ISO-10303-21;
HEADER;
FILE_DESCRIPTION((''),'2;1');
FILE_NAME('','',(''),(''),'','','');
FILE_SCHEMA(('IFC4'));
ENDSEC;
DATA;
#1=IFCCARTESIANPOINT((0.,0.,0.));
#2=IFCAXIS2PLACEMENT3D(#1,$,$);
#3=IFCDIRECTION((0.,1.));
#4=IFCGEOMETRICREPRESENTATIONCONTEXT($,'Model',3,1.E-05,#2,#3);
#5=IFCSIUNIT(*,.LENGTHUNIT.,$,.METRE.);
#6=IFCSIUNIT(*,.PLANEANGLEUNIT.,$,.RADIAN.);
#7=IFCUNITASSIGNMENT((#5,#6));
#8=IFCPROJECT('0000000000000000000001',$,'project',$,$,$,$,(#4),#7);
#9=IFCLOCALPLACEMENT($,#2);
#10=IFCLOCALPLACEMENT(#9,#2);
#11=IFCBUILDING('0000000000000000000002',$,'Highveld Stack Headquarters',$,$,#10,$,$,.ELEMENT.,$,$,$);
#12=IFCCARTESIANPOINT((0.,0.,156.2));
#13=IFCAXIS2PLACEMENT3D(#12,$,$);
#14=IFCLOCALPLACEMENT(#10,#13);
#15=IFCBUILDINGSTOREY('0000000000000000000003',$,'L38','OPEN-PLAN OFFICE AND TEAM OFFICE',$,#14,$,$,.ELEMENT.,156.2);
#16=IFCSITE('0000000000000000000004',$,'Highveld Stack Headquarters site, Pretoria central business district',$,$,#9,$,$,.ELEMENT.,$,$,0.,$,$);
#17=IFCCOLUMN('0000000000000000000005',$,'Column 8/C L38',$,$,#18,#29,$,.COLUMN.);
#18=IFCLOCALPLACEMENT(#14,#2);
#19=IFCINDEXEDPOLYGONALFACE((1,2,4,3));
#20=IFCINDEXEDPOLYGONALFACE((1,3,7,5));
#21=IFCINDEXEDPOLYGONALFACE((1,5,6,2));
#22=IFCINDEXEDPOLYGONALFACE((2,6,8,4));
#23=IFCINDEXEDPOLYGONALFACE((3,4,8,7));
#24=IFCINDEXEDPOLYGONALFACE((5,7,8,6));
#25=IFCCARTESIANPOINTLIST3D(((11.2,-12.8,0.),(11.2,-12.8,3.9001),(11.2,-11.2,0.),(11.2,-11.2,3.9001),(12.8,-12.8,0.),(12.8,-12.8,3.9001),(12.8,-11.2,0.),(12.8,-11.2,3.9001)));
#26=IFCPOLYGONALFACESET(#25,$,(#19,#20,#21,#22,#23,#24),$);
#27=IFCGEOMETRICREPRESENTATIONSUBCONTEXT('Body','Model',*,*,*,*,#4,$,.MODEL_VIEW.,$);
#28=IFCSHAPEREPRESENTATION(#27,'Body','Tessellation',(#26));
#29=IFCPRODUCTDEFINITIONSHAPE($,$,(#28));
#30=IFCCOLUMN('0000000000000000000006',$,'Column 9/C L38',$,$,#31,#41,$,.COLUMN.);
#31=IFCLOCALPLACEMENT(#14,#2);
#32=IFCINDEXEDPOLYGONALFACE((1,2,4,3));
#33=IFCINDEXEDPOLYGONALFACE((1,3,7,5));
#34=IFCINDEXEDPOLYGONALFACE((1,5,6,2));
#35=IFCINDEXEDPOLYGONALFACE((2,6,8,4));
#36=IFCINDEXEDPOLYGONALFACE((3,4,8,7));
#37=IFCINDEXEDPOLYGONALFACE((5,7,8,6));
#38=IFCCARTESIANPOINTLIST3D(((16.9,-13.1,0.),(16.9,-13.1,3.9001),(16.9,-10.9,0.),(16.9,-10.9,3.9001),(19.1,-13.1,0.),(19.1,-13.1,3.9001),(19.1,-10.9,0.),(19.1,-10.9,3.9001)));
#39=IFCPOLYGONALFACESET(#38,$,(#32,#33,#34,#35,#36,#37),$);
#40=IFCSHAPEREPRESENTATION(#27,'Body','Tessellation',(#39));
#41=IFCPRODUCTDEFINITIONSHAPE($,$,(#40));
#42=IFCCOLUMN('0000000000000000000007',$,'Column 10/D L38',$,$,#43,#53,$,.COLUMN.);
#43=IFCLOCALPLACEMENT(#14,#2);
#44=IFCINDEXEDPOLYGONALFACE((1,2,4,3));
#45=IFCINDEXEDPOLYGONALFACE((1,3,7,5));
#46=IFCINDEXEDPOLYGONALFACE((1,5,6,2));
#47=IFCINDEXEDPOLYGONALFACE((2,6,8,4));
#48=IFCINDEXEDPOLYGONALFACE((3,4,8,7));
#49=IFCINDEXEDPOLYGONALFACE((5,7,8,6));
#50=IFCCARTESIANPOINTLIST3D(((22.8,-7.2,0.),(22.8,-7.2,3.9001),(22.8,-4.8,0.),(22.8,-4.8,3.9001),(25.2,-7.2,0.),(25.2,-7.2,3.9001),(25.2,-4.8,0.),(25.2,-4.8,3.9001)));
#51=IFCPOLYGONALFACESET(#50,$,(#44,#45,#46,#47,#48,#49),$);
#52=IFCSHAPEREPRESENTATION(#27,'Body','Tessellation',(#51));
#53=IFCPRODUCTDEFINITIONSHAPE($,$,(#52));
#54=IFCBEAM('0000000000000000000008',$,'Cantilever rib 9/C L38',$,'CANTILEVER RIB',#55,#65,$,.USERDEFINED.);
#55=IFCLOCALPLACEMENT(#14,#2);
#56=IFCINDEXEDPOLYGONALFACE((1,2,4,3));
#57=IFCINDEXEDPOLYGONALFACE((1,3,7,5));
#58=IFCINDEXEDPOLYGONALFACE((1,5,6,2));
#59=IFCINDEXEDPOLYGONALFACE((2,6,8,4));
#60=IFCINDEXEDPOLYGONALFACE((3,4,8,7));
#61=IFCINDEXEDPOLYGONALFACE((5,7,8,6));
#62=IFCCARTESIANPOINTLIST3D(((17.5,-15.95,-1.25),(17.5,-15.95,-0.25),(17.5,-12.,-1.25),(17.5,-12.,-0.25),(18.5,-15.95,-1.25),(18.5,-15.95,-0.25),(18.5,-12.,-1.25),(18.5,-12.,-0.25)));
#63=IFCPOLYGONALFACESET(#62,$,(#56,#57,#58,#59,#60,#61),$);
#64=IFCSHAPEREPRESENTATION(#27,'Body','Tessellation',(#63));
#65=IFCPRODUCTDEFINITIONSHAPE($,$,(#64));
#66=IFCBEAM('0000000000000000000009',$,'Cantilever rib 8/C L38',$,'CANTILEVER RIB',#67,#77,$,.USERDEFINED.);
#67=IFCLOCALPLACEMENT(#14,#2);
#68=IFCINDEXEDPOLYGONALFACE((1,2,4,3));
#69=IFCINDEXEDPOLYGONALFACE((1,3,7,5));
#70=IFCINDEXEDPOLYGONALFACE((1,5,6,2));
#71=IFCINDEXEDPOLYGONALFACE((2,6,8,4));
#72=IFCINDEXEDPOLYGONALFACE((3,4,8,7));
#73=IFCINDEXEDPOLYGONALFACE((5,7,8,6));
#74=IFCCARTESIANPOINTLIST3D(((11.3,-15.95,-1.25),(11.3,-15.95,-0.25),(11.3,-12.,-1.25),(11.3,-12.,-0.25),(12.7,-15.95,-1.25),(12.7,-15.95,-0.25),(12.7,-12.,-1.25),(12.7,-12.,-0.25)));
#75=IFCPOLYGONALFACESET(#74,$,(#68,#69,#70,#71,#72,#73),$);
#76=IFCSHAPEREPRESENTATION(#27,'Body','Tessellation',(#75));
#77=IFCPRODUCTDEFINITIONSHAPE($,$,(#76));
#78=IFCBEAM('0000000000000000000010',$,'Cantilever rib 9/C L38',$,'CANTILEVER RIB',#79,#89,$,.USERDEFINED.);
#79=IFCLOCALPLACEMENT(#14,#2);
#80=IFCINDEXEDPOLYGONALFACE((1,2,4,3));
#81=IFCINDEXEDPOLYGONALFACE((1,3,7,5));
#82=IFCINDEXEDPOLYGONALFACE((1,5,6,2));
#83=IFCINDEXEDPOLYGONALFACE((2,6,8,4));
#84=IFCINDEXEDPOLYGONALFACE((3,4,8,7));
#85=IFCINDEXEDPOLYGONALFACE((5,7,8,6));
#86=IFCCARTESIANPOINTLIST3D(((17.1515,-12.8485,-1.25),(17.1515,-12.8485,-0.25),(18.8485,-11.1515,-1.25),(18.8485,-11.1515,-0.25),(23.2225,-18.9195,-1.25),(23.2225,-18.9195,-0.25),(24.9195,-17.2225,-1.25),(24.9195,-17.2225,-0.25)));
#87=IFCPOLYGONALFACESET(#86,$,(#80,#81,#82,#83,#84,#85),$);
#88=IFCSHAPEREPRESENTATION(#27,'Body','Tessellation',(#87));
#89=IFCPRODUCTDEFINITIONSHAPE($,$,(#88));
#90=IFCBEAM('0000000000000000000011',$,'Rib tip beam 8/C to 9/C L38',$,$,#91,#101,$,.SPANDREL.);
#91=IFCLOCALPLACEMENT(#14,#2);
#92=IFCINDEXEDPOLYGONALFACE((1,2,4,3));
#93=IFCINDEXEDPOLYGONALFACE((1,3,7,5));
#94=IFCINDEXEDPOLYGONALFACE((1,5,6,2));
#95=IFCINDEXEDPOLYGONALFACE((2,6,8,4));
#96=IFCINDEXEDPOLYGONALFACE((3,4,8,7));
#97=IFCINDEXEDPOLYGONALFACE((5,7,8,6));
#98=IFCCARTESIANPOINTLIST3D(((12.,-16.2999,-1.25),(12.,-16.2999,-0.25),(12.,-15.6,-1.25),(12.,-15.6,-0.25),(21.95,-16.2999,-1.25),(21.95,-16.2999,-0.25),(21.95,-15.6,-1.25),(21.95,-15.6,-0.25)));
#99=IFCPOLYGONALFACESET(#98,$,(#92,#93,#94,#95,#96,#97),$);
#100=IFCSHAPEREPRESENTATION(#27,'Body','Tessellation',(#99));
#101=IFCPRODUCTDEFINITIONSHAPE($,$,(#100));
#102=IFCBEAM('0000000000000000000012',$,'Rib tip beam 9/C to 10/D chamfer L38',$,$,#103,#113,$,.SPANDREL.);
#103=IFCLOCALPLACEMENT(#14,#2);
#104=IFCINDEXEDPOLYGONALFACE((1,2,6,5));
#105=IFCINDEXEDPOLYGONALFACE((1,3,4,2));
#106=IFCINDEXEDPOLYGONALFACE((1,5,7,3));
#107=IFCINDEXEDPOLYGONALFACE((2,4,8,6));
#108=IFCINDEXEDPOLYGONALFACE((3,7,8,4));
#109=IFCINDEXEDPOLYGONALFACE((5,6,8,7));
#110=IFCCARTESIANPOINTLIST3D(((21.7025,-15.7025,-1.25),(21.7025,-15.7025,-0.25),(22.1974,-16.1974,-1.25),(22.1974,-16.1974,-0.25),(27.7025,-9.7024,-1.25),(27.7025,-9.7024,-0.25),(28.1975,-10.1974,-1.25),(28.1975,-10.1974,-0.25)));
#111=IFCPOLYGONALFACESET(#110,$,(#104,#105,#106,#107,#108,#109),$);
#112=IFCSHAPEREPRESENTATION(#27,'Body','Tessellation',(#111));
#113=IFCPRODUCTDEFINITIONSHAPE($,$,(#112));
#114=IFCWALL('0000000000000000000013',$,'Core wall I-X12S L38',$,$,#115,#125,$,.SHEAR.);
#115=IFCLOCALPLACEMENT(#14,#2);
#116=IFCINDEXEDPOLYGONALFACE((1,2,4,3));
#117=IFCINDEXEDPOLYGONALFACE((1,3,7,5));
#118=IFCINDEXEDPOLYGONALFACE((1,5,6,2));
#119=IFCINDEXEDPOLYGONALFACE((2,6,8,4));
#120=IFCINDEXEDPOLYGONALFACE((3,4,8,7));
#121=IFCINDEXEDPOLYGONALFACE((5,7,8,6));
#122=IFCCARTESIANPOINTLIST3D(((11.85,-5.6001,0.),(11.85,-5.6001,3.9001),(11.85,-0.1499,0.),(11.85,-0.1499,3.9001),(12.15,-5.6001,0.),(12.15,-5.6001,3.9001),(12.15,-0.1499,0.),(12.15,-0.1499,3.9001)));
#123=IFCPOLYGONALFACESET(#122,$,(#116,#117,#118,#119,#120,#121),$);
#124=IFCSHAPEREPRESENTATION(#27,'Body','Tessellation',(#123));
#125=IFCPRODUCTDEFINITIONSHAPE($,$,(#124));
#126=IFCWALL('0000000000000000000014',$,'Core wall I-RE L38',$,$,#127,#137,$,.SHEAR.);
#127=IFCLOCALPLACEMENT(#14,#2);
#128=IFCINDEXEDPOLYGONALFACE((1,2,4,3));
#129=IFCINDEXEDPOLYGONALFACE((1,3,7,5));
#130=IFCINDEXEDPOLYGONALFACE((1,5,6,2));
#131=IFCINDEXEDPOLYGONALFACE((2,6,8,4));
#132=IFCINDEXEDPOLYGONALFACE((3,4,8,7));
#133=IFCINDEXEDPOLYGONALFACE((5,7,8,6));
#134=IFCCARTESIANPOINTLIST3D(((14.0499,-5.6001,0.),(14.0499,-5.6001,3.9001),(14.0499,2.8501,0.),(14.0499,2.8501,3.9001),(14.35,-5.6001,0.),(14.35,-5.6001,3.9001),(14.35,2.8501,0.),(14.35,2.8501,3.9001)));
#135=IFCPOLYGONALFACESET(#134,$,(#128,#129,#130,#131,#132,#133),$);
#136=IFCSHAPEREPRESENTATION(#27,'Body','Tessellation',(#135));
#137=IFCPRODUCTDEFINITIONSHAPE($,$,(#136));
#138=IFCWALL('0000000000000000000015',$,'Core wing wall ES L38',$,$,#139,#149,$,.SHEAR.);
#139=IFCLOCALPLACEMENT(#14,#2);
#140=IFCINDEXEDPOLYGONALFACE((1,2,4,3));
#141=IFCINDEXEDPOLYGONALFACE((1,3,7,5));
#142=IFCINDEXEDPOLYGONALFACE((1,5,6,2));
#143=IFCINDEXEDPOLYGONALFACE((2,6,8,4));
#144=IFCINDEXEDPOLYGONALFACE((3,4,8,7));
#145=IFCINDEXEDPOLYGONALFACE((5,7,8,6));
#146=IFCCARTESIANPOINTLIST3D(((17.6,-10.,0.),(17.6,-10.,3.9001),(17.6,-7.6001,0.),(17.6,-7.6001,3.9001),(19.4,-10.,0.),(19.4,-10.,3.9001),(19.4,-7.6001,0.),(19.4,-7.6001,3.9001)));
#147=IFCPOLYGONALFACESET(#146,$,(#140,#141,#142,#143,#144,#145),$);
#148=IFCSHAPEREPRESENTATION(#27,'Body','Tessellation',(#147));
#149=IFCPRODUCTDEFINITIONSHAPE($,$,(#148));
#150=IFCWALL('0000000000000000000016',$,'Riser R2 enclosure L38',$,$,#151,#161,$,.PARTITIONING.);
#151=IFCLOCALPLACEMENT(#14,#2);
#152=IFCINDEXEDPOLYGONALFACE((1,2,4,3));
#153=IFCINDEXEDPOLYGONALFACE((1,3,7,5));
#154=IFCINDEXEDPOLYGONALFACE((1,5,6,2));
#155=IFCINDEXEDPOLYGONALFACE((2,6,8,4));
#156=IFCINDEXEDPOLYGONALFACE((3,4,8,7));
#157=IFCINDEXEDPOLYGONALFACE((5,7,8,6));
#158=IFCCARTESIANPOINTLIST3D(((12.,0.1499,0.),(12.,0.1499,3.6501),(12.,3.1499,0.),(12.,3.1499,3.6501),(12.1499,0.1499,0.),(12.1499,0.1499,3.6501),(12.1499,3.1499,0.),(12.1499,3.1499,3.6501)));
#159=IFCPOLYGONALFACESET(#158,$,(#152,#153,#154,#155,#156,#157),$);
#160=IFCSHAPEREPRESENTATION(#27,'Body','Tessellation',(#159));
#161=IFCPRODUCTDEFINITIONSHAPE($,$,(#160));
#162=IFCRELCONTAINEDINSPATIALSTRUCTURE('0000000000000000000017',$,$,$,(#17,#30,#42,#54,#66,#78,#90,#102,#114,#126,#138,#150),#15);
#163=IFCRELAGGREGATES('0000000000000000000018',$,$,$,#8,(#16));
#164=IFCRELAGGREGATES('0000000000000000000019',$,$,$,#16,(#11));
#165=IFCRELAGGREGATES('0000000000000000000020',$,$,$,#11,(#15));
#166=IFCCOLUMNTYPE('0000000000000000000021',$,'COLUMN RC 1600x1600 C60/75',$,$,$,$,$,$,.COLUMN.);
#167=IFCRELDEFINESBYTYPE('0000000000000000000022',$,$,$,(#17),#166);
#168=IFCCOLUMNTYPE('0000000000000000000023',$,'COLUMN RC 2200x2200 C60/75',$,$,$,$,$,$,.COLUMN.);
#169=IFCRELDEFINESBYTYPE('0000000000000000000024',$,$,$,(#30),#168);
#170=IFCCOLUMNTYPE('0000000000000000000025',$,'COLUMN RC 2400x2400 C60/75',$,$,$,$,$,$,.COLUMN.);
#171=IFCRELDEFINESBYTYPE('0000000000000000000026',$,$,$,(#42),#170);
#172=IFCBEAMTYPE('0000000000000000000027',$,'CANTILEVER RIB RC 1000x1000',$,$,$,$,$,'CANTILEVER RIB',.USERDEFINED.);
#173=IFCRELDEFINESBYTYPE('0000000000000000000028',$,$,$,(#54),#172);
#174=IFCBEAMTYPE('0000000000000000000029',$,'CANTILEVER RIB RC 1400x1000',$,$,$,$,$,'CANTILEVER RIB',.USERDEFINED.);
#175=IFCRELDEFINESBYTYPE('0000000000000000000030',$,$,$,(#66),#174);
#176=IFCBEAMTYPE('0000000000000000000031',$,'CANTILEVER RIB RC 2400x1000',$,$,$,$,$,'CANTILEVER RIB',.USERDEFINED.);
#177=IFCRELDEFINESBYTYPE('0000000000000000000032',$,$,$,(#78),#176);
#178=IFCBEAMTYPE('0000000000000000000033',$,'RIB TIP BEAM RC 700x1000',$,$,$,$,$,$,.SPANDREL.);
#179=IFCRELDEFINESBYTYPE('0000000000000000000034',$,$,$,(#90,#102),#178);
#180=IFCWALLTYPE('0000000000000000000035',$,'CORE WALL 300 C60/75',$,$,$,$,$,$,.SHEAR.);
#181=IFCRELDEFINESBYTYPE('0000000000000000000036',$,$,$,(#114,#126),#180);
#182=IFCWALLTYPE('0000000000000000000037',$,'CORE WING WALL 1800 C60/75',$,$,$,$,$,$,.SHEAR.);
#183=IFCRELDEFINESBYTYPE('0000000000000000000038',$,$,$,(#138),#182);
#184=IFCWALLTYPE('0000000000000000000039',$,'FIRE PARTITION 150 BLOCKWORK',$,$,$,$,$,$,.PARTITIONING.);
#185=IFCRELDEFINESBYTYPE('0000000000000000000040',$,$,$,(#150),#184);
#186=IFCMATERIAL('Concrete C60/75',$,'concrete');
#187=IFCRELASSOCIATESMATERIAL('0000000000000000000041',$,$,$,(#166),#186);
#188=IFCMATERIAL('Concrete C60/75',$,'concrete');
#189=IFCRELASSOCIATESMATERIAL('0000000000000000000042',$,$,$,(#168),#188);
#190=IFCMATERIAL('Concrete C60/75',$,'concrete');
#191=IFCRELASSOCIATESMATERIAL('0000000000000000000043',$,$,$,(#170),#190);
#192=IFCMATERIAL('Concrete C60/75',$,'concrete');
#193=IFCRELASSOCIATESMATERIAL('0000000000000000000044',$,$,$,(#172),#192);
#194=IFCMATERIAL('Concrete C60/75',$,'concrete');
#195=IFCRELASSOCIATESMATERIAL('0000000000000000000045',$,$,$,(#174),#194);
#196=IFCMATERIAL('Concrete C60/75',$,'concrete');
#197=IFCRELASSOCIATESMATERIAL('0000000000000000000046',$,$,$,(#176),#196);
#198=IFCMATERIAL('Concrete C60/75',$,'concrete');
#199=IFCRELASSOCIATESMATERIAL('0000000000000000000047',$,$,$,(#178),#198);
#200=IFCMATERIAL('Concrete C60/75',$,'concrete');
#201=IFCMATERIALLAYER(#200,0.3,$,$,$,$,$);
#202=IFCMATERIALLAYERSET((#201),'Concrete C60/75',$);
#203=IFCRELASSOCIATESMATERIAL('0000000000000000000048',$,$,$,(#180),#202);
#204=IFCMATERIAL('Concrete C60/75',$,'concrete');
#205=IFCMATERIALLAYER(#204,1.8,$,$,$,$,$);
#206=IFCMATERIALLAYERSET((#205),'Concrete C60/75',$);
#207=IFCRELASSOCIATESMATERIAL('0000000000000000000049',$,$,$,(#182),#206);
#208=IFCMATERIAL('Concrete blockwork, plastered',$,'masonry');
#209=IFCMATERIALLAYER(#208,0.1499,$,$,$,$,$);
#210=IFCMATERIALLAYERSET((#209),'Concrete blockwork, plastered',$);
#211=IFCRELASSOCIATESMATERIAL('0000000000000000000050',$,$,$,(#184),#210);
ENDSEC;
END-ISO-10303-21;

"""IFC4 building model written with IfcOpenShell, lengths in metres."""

from ifc_helpers import new_model, si_unit, direction, frame, frame_2d, origin, origin_2d, place, context, subcontext, project, spatial, rectangle, extrude, material, layer, layer_set, material_profile, profile_set, type_object, element, save


model = new_model("IFC4")

# Units and contexts
model_context = context("Model", 3, precision=1e-05, world=origin(), true_north=direction((0.0, 1.0)))
body_context = subcontext(model_context, "Body", "Model", "MODEL_VIEW")
ifc_project = project(units=[si_unit("LENGTHUNIT", "METRE"), si_unit("PLANEANGLEUNIT", "RADIAN")], contexts=[model_context])

# Site, building, storey
site_placement = place(None, origin())
site = spatial("IfcSite", under=ifc_project, at=site_placement, Name="Highveld Stack Headquarters site, Pretoria central business district", CompositionType="ELEMENT", RefElevation=0.0)
building_placement = place(site_placement, origin())
building = spatial("IfcBuilding", under=site, at=building_placement, Name="Highveld Stack Headquarters", CompositionType="ELEMENT")
storey_placement = place(building_placement, frame((0.0, 0.0, 156.2)))
storey = spatial("IfcBuildingStorey", under=building, at=storey_placement, Name="L38", Description="OPEN-PLAN OFFICE AND TEAM OFFICE", CompositionType="ELEMENT", Elevation=156.2)

# Columns
ifc_material_1 = material(Name="Concrete C60/75", Category="concrete")
ifc_material_profile_1 = material_profile(ifc_material_1, rectangle(XDim=1.6001, YDim=1.6001, at=origin_2d()), Name="RC 1600x1600")
ifc_profile_set_1 = profile_set([ifc_material_profile_1], Name="Concrete C60/75")
column_type_1 = type_object("IfcColumnType", Name="COLUMN RC 1600x1600 C60/75", PredefinedType="COLUMN", material=ifc_profile_set_1)
column_1_placement = place(storey_placement, frame((12.0, -12.0, 0.0), z_axis=(0.0, 0.0, 1.0), x_axis=(1.0, 0.0, 0.0)))
element("IfcColumn", 1, at=column_1_placement, inside=storey, type_object=column_type_1, Name="Column 8/C L38", PredefinedType="COLUMN", context=body_context, shape_type="SweptSolid", body=[
    extrude(rectangle(XDim=1.6001, YDim=1.6001, at=origin_2d()), origin(), (0.0, 0.0, 1.0), 3.9001),
])
ifc_material_2 = material(Name="Concrete C60/75", Category="concrete")
ifc_material_profile_2 = material_profile(ifc_material_2, rectangle(XDim=2.2, YDim=2.2, at=origin_2d()), Name="RC 2200x2200")
ifc_profile_set_2 = profile_set([ifc_material_profile_2], Name="Concrete C60/75")
column_type_2 = type_object("IfcColumnType", Name="COLUMN RC 2200x2200 C60/75", PredefinedType="COLUMN", material=ifc_profile_set_2)
column_2_placement = place(storey_placement, frame((18.0, -12.0, 0.0), z_axis=(0.0, 0.0, 1.0), x_axis=(1.0, 0.0, 0.0)))
element("IfcColumn", 2, at=column_2_placement, inside=storey, type_object=column_type_2, Name="Column 9/C L38", PredefinedType="COLUMN", context=body_context, shape_type="SweptSolid", body=[
    extrude(rectangle(XDim=2.2, YDim=2.2, at=origin_2d()), origin(), (0.0, 0.0, 1.0), 3.9001),
])
ifc_material_3 = material(Name="Concrete C60/75", Category="concrete")
ifc_material_profile_3 = material_profile(ifc_material_3, rectangle(XDim=2.3999, YDim=2.3999, at=origin_2d()), Name="RC 2400x2400")
ifc_profile_set_3 = profile_set([ifc_material_profile_3], Name="Concrete C60/75")
column_type_3 = type_object("IfcColumnType", Name="COLUMN RC 2400x2400 C60/75", PredefinedType="COLUMN", material=ifc_profile_set_3)
column_3_placement = place(storey_placement, frame((24.0, -6.0, 0.0), z_axis=(0.0, 0.0, 1.0), x_axis=(1.0, 0.0, 0.0)))
element("IfcColumn", 3, at=column_3_placement, inside=storey, type_object=column_type_3, Name="Column 10/D L38", PredefinedType="COLUMN", context=body_context, shape_type="SweptSolid", body=[
    extrude(rectangle(XDim=2.3999, YDim=2.3999, at=origin_2d()), origin(), (0.0, 0.0, 1.0), 3.9001),
])

# Beams
ifc_material_4 = material(Name="Concrete C60/75", Category="concrete")
ifc_material_profile_4 = material_profile(ifc_material_4, rectangle(XDim=1.0, YDim=1.0, at=origin_2d()), Name="RC 1000x1000")
ifc_profile_set_4 = profile_set([ifc_material_profile_4], Name="Concrete C60/75")
beam_type_1 = type_object("IfcBeamType", Name="CANTILEVER RIB RC 1000x1000", ElementType="CANTILEVER RIB", PredefinedType="USERDEFINED", material=ifc_profile_set_4)
beam_1_placement = place(storey_placement, frame((18.0, -12.0, -0.75), z_axis=(0.0, -1.0, 0.0), x_axis=(1.0, 0.0, 0.0)))
element("IfcBeam", 4, at=beam_1_placement, inside=storey, type_object=beam_type_1, Name="Cantilever rib 9/C L38", ObjectType="CANTILEVER RIB", PredefinedType="USERDEFINED", context=body_context, shape_type="SweptSolid", body=[
    extrude(rectangle(XDim=1.0, YDim=1.0, at=origin_2d()), origin(), (0.0, 0.0, 1.0), 3.95),
])
ifc_material_5 = material(Name="Concrete C60/75", Category="concrete")
ifc_material_profile_5 = material_profile(ifc_material_5, rectangle(XDim=1.3999, YDim=1.0, at=origin_2d()), Name="RC 1400x1000")
ifc_profile_set_5 = profile_set([ifc_material_profile_5], Name="Concrete C60/75")
beam_type_2 = type_object("IfcBeamType", Name="CANTILEVER RIB RC 1400x1000", ElementType="CANTILEVER RIB", PredefinedType="USERDEFINED", material=ifc_profile_set_5)
beam_2_placement = place(storey_placement, frame((12.0, -12.0, -0.75), z_axis=(0.0, -1.0, 0.0), x_axis=(1.0, 0.0, 0.0)))
element("IfcBeam", 5, at=beam_2_placement, inside=storey, type_object=beam_type_2, Name="Cantilever rib 8/C L38", ObjectType="CANTILEVER RIB", PredefinedType="USERDEFINED", context=body_context, shape_type="SweptSolid", body=[
    extrude(rectangle(XDim=1.3999, YDim=1.0, at=origin_2d()), origin(), (0.0, 0.0, 1.0), 3.95),
])
ifc_material_6 = material(Name="Concrete C60/75", Category="concrete")
ifc_material_profile_6 = material_profile(ifc_material_6, rectangle(XDim=2.3999, YDim=1.0, at=origin_2d()), Name="RC 2400x1000")
ifc_profile_set_6 = profile_set([ifc_material_profile_6], Name="Concrete C60/75")
beam_type_3 = type_object("IfcBeamType", Name="CANTILEVER RIB RC 2400x1000", ElementType="CANTILEVER RIB", PredefinedType="USERDEFINED", material=ifc_profile_set_6)
beam_3_placement = place(storey_placement, frame((18.0, -12.0, -0.75), z_axis=(0.707107, -0.707107, 0.0), x_axis=(0.707107, 0.707107, 0.0)))
element("IfcBeam", 6, at=beam_3_placement, inside=storey, type_object=beam_type_3, Name="Cantilever rib 9/C L38", ObjectType="CANTILEVER RIB", PredefinedType="USERDEFINED", context=body_context, shape_type="SweptSolid", body=[
    extrude(rectangle(XDim=2.3999, YDim=1.0, at=origin_2d()), origin(), (0.0, 0.0, 1.0), 8.5857),
])
ifc_material_7 = material(Name="Concrete C60/75", Category="concrete")
ifc_material_profile_7 = material_profile(ifc_material_7, rectangle(XDim=0.7, YDim=1.0, at=origin_2d()), Name="RC 700x1000")
ifc_profile_set_7 = profile_set([ifc_material_profile_7], Name="Concrete C60/75")
beam_type_4 = type_object("IfcBeamType", Name="RIB TIP BEAM RC 700x1000", PredefinedType="SPANDREL", material=ifc_profile_set_7)
beam_4_placement = place(storey_placement, frame((12.0, -15.95, -0.75), z_axis=(1.0, 0.0, 0.0), x_axis=(0.0, 1.0, 0.0)))
element("IfcBeam", 7, at=beam_4_placement, inside=storey, type_object=beam_type_4, Name="Rib tip beam 8/C to 9/C L38", PredefinedType="SPANDREL", context=body_context, shape_type="SweptSolid", body=[
    extrude(rectangle(XDim=0.7, YDim=1.0, at=origin_2d()), origin(), (0.0, 0.0, 1.0), 9.95),
])
beam_5_placement = place(storey_placement, frame((21.95, -15.95, -0.75), z_axis=(0.707107, 0.707107, 0.0), x_axis=(-0.707107, 0.707107, 0.0)))
element("IfcBeam", 8, at=beam_5_placement, inside=storey, type_object=beam_type_4, Name="Rib tip beam 9/C to 10/D chamfer L38", PredefinedType="SPANDREL", context=body_context, shape_type="SweptSolid", body=[
    extrude(rectangle(XDim=0.7, YDim=1.0, at=origin_2d()), origin(), (0.0, 0.0, 1.0), 8.4854),
])

# Walls
ifc_material_8 = material(Name="Concrete C60/75", Category="concrete")
ifc_layer_1 = layer(ifc_material_8, 0.3)
ifc_layer_set_1 = layer_set([ifc_layer_1], Name="Concrete C60/75")
wall_type_1 = type_object("IfcWallType", Name="CORE WALL 300 C60/75", PredefinedType="SHEAR", material=ifc_layer_set_1)
wall_1_placement = place(storey_placement, frame((12.0, -5.6001, 0.0), z_axis=(0.0, 0.0, 1.0), x_axis=(0.0, 1.0, 0.0)))
element("IfcWall", 9, at=wall_1_placement, inside=storey, type_object=wall_type_1, Name="Core wall I-X12S L38", PredefinedType="SHEAR", context=body_context, shape_type="SweptSolid", body=[
    extrude(rectangle(XDim=5.4502, YDim=0.3, at=frame_2d((2.7251, 0.0))), origin(), (0.0, 0.0, 1.0), 3.9001),
])
wall_2_placement = place(storey_placement, frame((14.2, -5.6001, 0.0), z_axis=(0.0, 0.0, 1.0), x_axis=(0.0, 1.0, 0.0)))
element("IfcWall", 10, at=wall_2_placement, inside=storey, type_object=wall_type_1, Name="Core wall I-RE L38", PredefinedType="SHEAR", context=body_context, shape_type="SweptSolid", body=[
    extrude(rectangle(XDim=8.4502, YDim=0.3, at=frame_2d((4.2251, 0.0))), origin(), (0.0, 0.0, 1.0), 3.9001),
])
ifc_material_9 = material(Name="Concrete C60/75", Category="concrete")
ifc_layer_2 = layer(ifc_material_9, 1.8)
ifc_layer_set_2 = layer_set([ifc_layer_2], Name="Concrete C60/75")
wall_type_2 = type_object("IfcWallType", Name="CORE WING WALL 1800 C60/75", PredefinedType="SHEAR", material=ifc_layer_set_2)
wall_3_placement = place(storey_placement, frame((18.5, -10.0, 0.0), z_axis=(0.0, 0.0, 1.0), x_axis=(0.0, 1.0, 0.0)))
element("IfcWall", 11, at=wall_3_placement, inside=storey, type_object=wall_type_2, Name="Core wing wall ES L38", PredefinedType="SHEAR", context=body_context, shape_type="SweptSolid", body=[
    extrude(rectangle(XDim=2.3999, YDim=1.8, at=frame_2d((1.2, 0.0))), origin(), (0.0, 0.0, 1.0), 3.9001),
])
ifc_material_10 = material(Name="Concrete blockwork, plastered", Category="masonry")
ifc_layer_3 = layer(ifc_material_10, 0.1499)
ifc_layer_set_3 = layer_set([ifc_layer_3], Name="Concrete blockwork, plastered")
wall_type_3 = type_object("IfcWallType", Name="FIRE PARTITION 150 BLOCKWORK", PredefinedType="PARTITIONING", material=ifc_layer_set_3)
wall_4_placement = place(storey_placement, frame((12.075, 0.1499, 0.0), z_axis=(0.0, 0.0, 1.0), x_axis=(0.0, 1.0, 0.0)))
element("IfcWall", 12, at=wall_4_placement, inside=storey, type_object=wall_type_3, Name="Riser R2 enclosure L38", PredefinedType="PARTITIONING", context=body_context, shape_type="SweptSolid", body=[
    extrude(rectangle(XDim=3.0, YDim=0.1499, at=frame_2d((1.5, 0.0))), origin(), (0.0, 0.0, 1.0), 3.6501),
])

save(model, "model.ifc")
